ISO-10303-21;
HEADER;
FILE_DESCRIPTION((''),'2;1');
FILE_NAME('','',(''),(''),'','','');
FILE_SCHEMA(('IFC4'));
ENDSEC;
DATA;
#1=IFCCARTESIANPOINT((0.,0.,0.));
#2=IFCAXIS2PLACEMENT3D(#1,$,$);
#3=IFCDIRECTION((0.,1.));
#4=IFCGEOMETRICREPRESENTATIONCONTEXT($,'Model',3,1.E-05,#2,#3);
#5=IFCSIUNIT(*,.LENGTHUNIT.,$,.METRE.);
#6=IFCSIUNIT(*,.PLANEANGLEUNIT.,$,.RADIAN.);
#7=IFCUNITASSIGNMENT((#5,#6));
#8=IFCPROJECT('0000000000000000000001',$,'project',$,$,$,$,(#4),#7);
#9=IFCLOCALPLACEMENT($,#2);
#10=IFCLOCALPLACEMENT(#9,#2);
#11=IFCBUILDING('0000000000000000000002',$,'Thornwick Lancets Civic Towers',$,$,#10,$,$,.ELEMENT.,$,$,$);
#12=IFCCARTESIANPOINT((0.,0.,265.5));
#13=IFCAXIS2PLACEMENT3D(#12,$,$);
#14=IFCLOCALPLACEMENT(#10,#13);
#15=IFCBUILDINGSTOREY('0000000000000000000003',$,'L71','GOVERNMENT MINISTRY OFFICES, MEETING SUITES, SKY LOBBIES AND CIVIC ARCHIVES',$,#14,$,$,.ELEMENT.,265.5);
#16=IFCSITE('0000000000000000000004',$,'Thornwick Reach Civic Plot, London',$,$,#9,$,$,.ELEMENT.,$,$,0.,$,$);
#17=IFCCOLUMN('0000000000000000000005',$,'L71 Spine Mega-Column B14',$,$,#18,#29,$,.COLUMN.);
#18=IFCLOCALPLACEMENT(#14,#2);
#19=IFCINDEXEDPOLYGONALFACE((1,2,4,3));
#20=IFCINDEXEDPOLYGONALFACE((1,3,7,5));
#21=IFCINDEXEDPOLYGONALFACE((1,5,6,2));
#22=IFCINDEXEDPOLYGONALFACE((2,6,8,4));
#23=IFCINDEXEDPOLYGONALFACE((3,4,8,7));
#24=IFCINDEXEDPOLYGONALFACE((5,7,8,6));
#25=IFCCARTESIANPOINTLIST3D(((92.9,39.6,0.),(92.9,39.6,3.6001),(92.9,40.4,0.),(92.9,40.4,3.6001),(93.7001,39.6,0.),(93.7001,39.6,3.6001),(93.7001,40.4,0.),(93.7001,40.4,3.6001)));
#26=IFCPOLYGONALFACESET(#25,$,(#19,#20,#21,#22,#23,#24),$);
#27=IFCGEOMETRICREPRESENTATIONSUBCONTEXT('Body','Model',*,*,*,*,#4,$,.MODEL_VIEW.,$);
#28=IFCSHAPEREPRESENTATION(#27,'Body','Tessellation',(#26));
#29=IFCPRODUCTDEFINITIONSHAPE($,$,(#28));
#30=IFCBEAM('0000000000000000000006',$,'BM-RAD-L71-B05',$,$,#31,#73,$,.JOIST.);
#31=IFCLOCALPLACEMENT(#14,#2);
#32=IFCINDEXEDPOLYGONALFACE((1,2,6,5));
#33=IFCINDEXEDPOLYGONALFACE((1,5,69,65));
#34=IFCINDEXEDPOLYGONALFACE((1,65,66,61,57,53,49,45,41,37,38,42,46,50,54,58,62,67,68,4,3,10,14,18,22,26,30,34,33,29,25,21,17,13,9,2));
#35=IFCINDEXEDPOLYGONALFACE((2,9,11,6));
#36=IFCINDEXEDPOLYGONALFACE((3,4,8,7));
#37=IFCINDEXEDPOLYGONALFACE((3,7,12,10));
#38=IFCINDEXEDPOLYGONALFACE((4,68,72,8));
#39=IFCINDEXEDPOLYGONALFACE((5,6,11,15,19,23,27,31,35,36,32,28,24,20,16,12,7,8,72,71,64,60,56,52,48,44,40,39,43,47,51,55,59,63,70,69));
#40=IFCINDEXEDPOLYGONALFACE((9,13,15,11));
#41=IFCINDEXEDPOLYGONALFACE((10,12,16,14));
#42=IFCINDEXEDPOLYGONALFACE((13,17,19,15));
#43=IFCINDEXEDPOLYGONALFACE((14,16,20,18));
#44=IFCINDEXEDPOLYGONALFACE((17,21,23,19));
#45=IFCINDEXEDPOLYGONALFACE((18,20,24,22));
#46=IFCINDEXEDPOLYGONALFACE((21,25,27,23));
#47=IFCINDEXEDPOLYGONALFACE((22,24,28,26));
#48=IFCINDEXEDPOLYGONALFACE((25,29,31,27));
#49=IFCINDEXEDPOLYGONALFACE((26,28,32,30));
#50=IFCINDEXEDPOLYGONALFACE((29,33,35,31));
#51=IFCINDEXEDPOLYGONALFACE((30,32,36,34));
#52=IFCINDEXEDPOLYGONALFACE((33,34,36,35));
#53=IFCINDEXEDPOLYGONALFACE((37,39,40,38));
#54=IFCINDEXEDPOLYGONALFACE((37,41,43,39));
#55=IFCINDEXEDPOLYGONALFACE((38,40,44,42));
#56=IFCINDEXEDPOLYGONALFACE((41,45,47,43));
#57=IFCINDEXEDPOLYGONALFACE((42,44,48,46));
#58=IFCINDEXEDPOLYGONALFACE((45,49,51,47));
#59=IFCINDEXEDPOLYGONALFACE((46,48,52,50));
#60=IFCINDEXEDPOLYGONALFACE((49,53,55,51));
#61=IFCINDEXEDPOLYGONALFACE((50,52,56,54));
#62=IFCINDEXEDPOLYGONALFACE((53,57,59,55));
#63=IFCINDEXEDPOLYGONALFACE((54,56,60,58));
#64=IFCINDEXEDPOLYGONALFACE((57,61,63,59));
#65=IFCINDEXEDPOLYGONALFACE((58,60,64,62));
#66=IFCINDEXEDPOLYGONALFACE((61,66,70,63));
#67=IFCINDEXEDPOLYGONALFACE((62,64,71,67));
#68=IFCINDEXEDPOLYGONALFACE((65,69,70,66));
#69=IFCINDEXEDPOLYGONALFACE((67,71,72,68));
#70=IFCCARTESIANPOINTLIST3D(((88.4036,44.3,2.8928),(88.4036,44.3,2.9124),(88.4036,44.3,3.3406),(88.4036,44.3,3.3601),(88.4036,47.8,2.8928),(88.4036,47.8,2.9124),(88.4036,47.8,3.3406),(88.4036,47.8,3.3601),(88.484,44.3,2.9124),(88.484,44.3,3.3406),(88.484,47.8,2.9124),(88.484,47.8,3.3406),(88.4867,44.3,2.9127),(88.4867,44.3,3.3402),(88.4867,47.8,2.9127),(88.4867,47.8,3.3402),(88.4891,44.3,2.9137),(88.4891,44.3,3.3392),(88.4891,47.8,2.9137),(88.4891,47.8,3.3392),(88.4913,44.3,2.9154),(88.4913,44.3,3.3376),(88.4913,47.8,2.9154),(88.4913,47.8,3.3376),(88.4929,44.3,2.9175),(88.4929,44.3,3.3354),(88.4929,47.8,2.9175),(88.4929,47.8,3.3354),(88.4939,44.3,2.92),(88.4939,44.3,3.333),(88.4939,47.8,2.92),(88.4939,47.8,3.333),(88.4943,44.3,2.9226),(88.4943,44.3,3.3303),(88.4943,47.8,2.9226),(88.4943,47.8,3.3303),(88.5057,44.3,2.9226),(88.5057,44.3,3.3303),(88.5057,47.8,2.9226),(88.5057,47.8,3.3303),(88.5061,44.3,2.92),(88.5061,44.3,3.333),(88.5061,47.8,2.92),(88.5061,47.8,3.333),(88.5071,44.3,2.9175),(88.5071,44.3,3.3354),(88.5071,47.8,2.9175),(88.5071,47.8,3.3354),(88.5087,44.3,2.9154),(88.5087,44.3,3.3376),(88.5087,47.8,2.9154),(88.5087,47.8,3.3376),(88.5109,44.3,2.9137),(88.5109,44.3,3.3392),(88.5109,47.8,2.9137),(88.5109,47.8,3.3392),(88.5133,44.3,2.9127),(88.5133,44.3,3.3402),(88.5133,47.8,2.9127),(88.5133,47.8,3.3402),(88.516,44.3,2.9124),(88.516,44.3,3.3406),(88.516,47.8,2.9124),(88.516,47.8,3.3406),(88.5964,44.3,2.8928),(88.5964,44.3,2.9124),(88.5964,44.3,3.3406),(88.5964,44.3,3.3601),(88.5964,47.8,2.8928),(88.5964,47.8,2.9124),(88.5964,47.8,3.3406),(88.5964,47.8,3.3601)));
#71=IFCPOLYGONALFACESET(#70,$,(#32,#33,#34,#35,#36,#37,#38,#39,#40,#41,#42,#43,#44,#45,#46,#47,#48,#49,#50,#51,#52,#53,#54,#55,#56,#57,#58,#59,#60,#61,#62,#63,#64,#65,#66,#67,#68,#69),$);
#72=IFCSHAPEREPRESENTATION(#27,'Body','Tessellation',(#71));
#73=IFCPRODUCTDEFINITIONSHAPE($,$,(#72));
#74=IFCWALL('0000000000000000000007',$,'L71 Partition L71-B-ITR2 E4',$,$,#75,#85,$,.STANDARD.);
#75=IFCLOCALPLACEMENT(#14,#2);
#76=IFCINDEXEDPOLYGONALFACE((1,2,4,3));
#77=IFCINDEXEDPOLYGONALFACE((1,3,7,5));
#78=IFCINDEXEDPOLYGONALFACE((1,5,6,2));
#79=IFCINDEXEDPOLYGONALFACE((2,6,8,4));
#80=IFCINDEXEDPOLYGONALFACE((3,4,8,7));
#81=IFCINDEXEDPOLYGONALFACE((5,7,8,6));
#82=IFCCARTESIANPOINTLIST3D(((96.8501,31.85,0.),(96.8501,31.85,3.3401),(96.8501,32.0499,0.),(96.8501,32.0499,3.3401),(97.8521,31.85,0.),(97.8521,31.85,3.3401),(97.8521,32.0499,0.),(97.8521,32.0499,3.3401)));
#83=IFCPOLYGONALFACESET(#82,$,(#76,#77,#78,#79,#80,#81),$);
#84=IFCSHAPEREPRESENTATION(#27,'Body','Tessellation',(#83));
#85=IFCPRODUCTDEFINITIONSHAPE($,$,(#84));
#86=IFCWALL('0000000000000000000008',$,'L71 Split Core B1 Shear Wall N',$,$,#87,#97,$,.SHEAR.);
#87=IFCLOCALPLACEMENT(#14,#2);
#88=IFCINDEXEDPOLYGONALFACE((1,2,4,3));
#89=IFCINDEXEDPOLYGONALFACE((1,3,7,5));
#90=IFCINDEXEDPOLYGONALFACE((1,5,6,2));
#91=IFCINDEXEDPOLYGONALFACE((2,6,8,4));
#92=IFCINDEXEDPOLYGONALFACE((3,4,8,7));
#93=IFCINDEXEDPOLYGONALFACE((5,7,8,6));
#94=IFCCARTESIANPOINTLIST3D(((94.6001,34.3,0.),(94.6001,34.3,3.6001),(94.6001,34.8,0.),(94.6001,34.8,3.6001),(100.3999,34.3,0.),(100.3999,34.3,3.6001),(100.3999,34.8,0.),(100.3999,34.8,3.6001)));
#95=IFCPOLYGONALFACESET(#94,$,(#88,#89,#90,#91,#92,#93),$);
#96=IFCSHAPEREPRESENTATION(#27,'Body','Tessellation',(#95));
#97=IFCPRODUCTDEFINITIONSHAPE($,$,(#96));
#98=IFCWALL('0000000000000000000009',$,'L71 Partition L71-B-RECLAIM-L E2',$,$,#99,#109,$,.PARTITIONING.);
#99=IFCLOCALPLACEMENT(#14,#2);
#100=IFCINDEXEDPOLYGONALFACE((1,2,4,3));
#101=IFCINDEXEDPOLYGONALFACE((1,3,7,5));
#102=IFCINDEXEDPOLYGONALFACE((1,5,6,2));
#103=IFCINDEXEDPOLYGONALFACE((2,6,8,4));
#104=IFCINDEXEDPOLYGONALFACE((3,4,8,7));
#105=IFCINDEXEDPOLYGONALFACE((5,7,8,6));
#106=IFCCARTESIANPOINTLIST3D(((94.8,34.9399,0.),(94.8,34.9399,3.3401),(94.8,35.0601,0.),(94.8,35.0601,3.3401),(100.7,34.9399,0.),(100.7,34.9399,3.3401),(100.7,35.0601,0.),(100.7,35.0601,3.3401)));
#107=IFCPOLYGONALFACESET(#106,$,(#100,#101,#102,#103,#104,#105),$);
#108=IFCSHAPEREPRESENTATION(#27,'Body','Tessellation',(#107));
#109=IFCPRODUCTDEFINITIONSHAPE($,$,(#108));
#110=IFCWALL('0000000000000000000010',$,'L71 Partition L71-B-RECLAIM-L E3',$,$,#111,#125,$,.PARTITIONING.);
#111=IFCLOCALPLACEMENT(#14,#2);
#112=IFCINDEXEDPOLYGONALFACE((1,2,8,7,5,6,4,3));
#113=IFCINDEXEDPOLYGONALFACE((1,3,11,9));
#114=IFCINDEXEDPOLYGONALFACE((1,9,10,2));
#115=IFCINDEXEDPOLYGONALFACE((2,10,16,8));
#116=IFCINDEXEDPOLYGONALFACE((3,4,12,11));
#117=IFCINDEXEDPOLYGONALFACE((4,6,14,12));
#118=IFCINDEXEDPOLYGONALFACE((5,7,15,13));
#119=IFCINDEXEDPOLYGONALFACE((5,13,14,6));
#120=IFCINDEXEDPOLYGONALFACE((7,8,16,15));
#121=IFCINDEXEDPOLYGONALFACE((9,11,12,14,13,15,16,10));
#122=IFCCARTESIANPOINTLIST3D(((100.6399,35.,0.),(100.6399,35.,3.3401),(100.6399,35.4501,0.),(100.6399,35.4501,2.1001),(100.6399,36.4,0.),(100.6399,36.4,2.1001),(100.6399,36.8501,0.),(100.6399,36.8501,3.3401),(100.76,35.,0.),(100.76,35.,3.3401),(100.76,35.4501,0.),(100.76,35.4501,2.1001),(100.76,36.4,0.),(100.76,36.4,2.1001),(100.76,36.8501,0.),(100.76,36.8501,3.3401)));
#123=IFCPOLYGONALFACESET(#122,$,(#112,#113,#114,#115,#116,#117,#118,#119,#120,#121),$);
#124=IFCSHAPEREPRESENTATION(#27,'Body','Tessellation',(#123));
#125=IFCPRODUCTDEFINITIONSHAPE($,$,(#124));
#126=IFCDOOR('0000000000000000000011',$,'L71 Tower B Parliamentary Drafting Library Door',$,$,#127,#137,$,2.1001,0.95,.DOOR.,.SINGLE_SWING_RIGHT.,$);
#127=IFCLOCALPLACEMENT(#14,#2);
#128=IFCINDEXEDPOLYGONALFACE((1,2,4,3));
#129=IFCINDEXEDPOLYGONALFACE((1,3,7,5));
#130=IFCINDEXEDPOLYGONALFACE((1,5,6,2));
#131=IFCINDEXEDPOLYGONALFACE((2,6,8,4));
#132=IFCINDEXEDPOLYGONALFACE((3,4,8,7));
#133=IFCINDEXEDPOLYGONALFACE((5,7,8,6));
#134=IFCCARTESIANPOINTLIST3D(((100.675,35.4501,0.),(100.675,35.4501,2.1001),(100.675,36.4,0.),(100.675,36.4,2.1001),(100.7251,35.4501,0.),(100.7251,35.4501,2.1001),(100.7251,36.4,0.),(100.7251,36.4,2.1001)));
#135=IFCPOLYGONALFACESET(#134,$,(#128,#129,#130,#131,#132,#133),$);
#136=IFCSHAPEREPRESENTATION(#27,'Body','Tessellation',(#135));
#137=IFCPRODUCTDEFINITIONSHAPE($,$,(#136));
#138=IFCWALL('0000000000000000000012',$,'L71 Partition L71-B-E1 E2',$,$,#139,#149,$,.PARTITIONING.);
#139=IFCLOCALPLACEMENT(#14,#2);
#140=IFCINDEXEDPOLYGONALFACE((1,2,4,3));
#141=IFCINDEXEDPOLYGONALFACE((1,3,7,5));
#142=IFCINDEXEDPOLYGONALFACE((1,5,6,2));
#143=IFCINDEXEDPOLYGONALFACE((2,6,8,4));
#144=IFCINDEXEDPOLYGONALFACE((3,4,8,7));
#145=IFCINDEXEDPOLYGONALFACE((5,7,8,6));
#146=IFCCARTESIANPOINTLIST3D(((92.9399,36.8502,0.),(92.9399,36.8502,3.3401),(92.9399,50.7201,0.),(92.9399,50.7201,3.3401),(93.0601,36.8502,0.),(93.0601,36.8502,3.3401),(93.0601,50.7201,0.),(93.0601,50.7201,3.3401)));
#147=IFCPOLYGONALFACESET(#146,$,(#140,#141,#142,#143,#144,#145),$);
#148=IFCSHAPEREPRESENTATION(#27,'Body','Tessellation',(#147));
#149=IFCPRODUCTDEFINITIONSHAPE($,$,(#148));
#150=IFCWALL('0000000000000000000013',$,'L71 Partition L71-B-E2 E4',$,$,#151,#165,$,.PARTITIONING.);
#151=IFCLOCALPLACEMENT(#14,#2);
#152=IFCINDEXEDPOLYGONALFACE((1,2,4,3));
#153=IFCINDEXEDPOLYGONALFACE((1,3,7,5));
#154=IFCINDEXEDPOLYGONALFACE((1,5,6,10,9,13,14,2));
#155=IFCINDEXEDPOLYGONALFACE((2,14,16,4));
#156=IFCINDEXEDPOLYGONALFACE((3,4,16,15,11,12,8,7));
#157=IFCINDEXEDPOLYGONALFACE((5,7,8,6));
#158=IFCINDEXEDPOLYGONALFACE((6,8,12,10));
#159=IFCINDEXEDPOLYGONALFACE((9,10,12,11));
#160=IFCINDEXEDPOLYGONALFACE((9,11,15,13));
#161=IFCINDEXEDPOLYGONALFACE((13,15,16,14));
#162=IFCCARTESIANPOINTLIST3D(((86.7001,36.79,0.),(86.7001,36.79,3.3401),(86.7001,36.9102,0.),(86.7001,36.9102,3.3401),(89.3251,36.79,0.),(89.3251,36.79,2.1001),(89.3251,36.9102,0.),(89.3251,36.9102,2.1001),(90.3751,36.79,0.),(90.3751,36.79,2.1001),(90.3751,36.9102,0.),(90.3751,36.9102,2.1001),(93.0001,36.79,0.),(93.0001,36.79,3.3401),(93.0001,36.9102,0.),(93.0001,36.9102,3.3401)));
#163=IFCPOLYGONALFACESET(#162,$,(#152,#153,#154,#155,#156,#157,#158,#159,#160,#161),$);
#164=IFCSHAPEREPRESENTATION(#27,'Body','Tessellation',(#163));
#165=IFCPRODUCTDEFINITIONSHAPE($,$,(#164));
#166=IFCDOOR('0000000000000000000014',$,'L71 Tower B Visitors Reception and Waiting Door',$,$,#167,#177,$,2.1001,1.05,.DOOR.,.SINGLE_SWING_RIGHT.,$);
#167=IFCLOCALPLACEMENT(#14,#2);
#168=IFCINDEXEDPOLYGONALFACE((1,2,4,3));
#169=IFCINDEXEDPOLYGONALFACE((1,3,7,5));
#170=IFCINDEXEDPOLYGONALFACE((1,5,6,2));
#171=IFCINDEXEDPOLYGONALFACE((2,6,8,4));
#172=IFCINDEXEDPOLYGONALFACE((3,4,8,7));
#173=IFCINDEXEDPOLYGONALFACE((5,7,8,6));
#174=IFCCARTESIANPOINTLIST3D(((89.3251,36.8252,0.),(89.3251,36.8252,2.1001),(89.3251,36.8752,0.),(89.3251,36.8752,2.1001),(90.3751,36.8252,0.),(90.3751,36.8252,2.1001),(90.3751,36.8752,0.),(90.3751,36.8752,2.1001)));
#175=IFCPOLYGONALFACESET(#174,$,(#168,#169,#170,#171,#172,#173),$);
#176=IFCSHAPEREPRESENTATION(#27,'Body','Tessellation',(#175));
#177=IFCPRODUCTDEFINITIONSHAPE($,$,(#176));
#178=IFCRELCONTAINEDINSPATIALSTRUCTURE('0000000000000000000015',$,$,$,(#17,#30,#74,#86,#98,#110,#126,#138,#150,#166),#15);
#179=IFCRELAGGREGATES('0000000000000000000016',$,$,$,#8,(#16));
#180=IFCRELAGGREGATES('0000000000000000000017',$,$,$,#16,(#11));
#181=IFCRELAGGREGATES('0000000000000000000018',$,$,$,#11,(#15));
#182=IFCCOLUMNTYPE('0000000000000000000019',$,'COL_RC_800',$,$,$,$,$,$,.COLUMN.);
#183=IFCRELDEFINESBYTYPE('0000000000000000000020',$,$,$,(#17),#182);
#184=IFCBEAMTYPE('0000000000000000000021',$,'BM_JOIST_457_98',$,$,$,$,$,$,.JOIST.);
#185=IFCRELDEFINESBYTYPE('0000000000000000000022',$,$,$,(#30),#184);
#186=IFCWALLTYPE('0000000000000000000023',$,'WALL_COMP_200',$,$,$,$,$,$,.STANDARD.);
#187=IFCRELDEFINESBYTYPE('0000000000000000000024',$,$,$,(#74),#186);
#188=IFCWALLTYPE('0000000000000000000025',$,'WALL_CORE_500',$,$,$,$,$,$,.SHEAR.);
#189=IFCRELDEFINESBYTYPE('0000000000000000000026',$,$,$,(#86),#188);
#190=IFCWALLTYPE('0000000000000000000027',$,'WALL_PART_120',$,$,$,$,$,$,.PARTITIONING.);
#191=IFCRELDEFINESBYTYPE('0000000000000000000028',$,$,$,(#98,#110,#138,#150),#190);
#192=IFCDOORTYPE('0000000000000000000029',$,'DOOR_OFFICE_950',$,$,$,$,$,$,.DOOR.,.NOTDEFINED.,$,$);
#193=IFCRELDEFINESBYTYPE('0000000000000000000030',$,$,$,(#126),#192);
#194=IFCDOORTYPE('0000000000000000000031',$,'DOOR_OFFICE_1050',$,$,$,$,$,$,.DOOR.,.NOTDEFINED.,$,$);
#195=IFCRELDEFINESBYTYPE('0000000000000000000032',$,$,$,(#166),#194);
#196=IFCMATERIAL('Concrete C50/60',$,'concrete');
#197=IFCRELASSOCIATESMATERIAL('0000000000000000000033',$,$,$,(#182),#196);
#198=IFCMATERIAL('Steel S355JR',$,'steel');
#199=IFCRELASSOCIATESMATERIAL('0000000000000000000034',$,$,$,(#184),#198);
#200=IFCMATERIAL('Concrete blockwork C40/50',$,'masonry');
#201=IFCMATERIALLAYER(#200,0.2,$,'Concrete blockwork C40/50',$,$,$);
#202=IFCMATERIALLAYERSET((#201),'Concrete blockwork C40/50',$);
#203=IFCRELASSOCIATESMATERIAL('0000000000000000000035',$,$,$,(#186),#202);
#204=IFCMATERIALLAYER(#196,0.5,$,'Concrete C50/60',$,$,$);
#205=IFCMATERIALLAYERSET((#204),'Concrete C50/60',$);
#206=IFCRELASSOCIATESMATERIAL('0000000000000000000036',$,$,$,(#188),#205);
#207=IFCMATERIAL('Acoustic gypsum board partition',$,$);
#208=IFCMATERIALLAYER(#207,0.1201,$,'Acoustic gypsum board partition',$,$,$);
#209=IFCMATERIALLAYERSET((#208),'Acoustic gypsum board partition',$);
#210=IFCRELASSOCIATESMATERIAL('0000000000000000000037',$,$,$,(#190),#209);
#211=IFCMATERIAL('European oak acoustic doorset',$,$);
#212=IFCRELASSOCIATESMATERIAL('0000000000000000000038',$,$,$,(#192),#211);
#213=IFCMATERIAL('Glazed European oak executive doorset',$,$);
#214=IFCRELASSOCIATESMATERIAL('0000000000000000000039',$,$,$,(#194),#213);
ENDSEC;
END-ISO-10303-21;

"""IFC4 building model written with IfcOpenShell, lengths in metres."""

from ifc_helpers import new_model, si_unit, direction, frame, frame_2d, origin, origin_2d, place, context, subcontext, project, spatial, rectangle, i_section, extrude, material, layer, layer_set, material_profile, profile_set, type_object, element, fill, save


model = new_model("IFC4")

# Units and contexts
model_context = context("Model", 3, precision=1e-05, world=origin(), true_north=direction((0.0, 1.0)))
body_context = subcontext(model_context, "Body", "Model", "MODEL_VIEW")
ifc_project = project(units=[si_unit("LENGTHUNIT", "METRE"), si_unit("PLANEANGLEUNIT", "RADIAN")], contexts=[model_context])

# Site, building, storey
site_placement = place(None, origin())
site = spatial("IfcSite", under=ifc_project, at=site_placement, Name="Thornwick Reach Civic Plot, London", CompositionType="ELEMENT", RefElevation=0.0)
building_placement = place(site_placement, origin())
building = spatial("IfcBuilding", under=site, at=building_placement, Name="Thornwick Lancets Civic Towers", CompositionType="ELEMENT")
storey_placement = place(building_placement, frame((0.0, 0.0, 265.5)))
storey = spatial("IfcBuildingStorey", under=building, at=storey_placement, Name="L71", Description="GOVERNMENT MINISTRY OFFICES, MEETING SUITES, SKY LOBBIES AND CIVIC ARCHIVES", CompositionType="ELEMENT", Elevation=265.5)

# Column
ifc_material_1 = material(Name="Concrete C50/60", Category="concrete")
ifc_material_profile_1 = material_profile(ifc_material_1, rectangle(XDim=0.8, YDim=0.8, at=origin_2d()), Name="RC 800x800")
ifc_profile_set_1 = profile_set([ifc_material_profile_1], Name="Concrete C50/60")
column_type = type_object("IfcColumnType", Name="COL_RC_800", PredefinedType="COLUMN", material=ifc_profile_set_1)
column_placement = place(storey_placement, frame((93.3, 40.0, 0.0), z_axis=(0.0, 0.0, 1.0), x_axis=(1.0, 0.0, 0.0)))
element("IfcColumn", 1, at=column_placement, inside=storey, type_object=column_type, Name="L71 Spine Mega-Column B14", PredefinedType="COLUMN", context=body_context, shape_type="SweptSolid", body=[
    extrude(rectangle(XDim=0.8, YDim=0.8, at=origin_2d()), origin(), (0.0, 0.0, 1.0), 3.6001),
])

# Beam
ifc_material_2 = material(Name="Steel S355JR", Category="steel")
ifc_material_profile_2 = material_profile(ifc_material_2, i_section(OverallWidth=0.1929, OverallDepth=0.4673, WebThickness=0.0115, FlangeThickness=0.0195, FilletRadius=0.0103, at=origin_2d()), Name="UKB 457x191x98")
ifc_profile_set_2 = profile_set([ifc_material_profile_2], Name="Steel S355JR")
beam_type = type_object("IfcBeamType", Name="BM_JOIST_457_98", PredefinedType="JOIST", material=ifc_profile_set_2)
beam_placement = place(storey_placement, frame((88.5, 44.3, 3.1265), z_axis=(0.0, 1.0, 0.0), x_axis=(-1.0, 0.0, 0.0)))
element("IfcBeam", 2, at=beam_placement, inside=storey, type_object=beam_type, Name="BM-RAD-L71-B05", PredefinedType="JOIST", context=body_context, shape_type="SweptSolid", body=[
    extrude(i_section(OverallWidth=0.1929, OverallDepth=0.4673, WebThickness=0.0115, FlangeThickness=0.0195, FilletRadius=0.0103, at=origin_2d()), origin(), (0.0, 0.0, 1.0), 3.5),
])

# Walls
ifc_material_3 = material(Name="Concrete blockwork C40/50", Category="masonry")
ifc_layer_1 = layer(ifc_material_3, 0.2, Name="Concrete blockwork C40/50")
ifc_layer_set_1 = layer_set([ifc_layer_1], Name="Concrete blockwork C40/50")
wall_type_1 = type_object("IfcWallType", Name="WALL_COMP_200", PredefinedType="STANDARD", material=ifc_layer_set_1)
wall_1_placement = place(storey_placement, frame((97.8521, 31.95, 0.0), z_axis=(0.0, 0.0, 1.0), x_axis=(-1.0, 0.0, 0.0)))
element("IfcWall", 3, at=wall_1_placement, inside=storey, type_object=wall_type_1, Name="L71 Partition L71-B-ITR2 E4", PredefinedType="STANDARD", context=body_context, shape_type="SweptSolid", body=[
    extrude(rectangle(XDim=1.002, YDim=0.2, at=frame_2d((0.501, 0.0))), origin(), (0.0, 0.0, 1.0), 3.3401),
])
ifc_layer_2 = layer(ifc_material_1, 0.5, Name="Concrete C50/60")
ifc_layer_set_2 = layer_set([ifc_layer_2], Name="Concrete C50/60")
wall_type_2 = type_object("IfcWallType", Name="WALL_CORE_500", PredefinedType="SHEAR", material=ifc_layer_set_2)
wall_2_placement = place(storey_placement, frame((94.6001, 34.55, 0.0), z_axis=(0.0, 0.0, 1.0), x_axis=(1.0, 0.0, 0.0)))
element("IfcWall", 4, at=wall_2_placement, inside=storey, type_object=wall_type_2, Name="L71 Split Core B1 Shear Wall N", PredefinedType="SHEAR", context=body_context, shape_type="SweptSolid", body=[
    extrude(rectangle(XDim=5.7998, YDim=0.5, at=frame_2d((2.8999, 0.0))), origin(), (0.0, 0.0, 1.0), 3.6001),
])
ifc_material_4 = material(Name="Acoustic gypsum board partition")
ifc_layer_3 = layer(ifc_material_4, 0.1201, Name="Acoustic gypsum board partition")
ifc_layer_set_3 = layer_set([ifc_layer_3], Name="Acoustic gypsum board partition")
wall_type_3 = type_object("IfcWallType", Name="WALL_PART_120", PredefinedType="PARTITIONING", material=ifc_layer_set_3)
wall_3_placement = place(storey_placement, frame((94.8, 35.0, 0.0), z_axis=(0.0, 0.0, 1.0), x_axis=(1.0, 0.0, 0.0)))
element("IfcWall", 5, at=wall_3_placement, inside=storey, type_object=wall_type_3, Name="L71 Partition L71-B-RECLAIM-L E2", PredefinedType="PARTITIONING", context=body_context, shape_type="SweptSolid", body=[
    extrude(rectangle(XDim=5.8999, YDim=0.1201, at=frame_2d((2.95, 0.0))), origin(), (0.0, 0.0, 1.0), 3.3401),
])

# Wall, opening, door
wall_4_placement = place(storey_placement, frame((100.7, 35.0, 0.0), z_axis=(0.0, 0.0, 1.0), x_axis=(0.0, 1.0, 0.0)))
wall_4 = element("IfcWall", 6, at=wall_4_placement, inside=storey, type_object=wall_type_3, Name="L71 Partition L71-B-RECLAIM-L E3", PredefinedType="PARTITIONING", context=body_context, shape_type="SweptSolid", body=[
    extrude(rectangle(XDim=1.8501, YDim=0.1201, at=frame_2d((0.925, 0.0))), origin(), (0.0, 0.0, 1.0), 3.3401),
])
opening_1_placement = place(wall_4_placement, frame((0.45, 0.0, 0.0)))
opening_1 = element("IfcOpeningElement", 7, at=opening_1_placement, cuts=wall_4, PredefinedType="OPENING", context=body_context, shape_type="SweptSolid", body=[
    extrude(rectangle(XDim=0.95, YDim=2.1001, at=frame_2d((0.4751, 1.05))), frame((0.0, 0.0701, 0.0), z_axis=(0.0, -1.0, 0.0), x_axis=(1.0, 0.0, 0.0)), (0.0, 0.0, 1.0), 0.1401),
])
ifc_material_5 = material(Name="European oak acoustic doorset")
door_type_1 = type_object("IfcDoorType", Name="DOOR_OFFICE_950", OperationType="NOTDEFINED", PredefinedType="DOOR", material=ifc_material_5)
door_1_placement = place(opening_1_placement, origin())
door_1 = element("IfcDoor", 8, at=door_1_placement, inside=storey, type_object=door_type_1, Name="L71 Tower B Parliamentary Drafting Library Door", OperationType="SINGLE_SWING_RIGHT", OverallHeight=2.1001, OverallWidth=0.95, PredefinedType="DOOR", context=body_context, shape_type="SweptSolid", body=[
    extrude(rectangle(XDim=0.95, YDim=2.1001, at=frame_2d((0.4751, 1.05))), frame((0.0, 0.0249, 0.0), z_axis=(0.0, -1.0, 0.0), x_axis=(1.0, 0.0, 0.0)), (0.0, 0.0, 1.0), 0.05),
])
fill(opening_1, door_1)

# Wall
wall_5_placement = place(storey_placement, frame((93.0, 36.8501, 0.0), z_axis=(0.0, 0.0, 1.0), x_axis=(0.0, 1.0, 0.0)))
element("IfcWall", 9, at=wall_5_placement, inside=storey, type_object=wall_type_3, Name="L71 Partition L71-B-E1 E2", PredefinedType="PARTITIONING", context=body_context, shape_type="SweptSolid", body=[
    extrude(rectangle(XDim=13.8699, YDim=0.1201, at=frame_2d((6.9351, 0.0))), origin(), (0.0, 0.0, 1.0), 3.3401),
])

# Wall, opening, door
wall_6_placement = place(storey_placement, frame((93.0, 36.8501, 0.0), z_axis=(0.0, 0.0, 1.0), x_axis=(-1.0, 0.0, 0.0)))
wall_6 = element("IfcWall", 10, at=wall_6_placement, inside=storey, type_object=wall_type_3, Name="L71 Partition L71-B-E2 E4", PredefinedType="PARTITIONING", context=body_context, shape_type="SweptSolid", body=[
    extrude(rectangle(XDim=6.3, YDim=0.1201, at=frame_2d((3.1499, 0.0))), origin(), (0.0, 0.0, 1.0), 3.3401),
])
opening_2_placement = place(wall_6_placement, frame((2.625, 0.0, 0.0)))
opening_2 = element("IfcOpeningElement", 11, at=opening_2_placement, cuts=wall_6, PredefinedType="OPENING", context=body_context, shape_type="SweptSolid", body=[
    extrude(rectangle(XDim=1.05, YDim=2.1001, at=frame_2d((0.5249, 1.05))), frame((0.0, 0.0701, 0.0), z_axis=(0.0, -1.0, 0.0), x_axis=(1.0, 0.0, 0.0)), (0.0, 0.0, 1.0), 0.1401),
])
ifc_material_6 = material(Name="Glazed European oak executive doorset")
door_type_2 = type_object("IfcDoorType", Name="DOOR_OFFICE_1050", OperationType="NOTDEFINED", PredefinedType="DOOR", material=ifc_material_6)
door_2_placement = place(opening_2_placement, origin())
door_2 = element("IfcDoor", 12, at=door_2_placement, inside=storey, type_object=door_type_2, Name="L71 Tower B Visitors Reception and Waiting Door", OperationType="SINGLE_SWING_RIGHT", OverallHeight=2.1001, OverallWidth=1.05, PredefinedType="DOOR", context=body_context, shape_type="SweptSolid", body=[
    extrude(rectangle(XDim=1.05, YDim=2.1001, at=frame_2d((0.5249, 1.05))), frame((0.0, 0.0249, 0.0), z_axis=(0.0, -1.0, 0.0), x_axis=(1.0, 0.0, 0.0)), (0.0, 0.0, 1.0), 0.05),
])
fill(opening_2, door_2)

save(model, "model.ifc")
